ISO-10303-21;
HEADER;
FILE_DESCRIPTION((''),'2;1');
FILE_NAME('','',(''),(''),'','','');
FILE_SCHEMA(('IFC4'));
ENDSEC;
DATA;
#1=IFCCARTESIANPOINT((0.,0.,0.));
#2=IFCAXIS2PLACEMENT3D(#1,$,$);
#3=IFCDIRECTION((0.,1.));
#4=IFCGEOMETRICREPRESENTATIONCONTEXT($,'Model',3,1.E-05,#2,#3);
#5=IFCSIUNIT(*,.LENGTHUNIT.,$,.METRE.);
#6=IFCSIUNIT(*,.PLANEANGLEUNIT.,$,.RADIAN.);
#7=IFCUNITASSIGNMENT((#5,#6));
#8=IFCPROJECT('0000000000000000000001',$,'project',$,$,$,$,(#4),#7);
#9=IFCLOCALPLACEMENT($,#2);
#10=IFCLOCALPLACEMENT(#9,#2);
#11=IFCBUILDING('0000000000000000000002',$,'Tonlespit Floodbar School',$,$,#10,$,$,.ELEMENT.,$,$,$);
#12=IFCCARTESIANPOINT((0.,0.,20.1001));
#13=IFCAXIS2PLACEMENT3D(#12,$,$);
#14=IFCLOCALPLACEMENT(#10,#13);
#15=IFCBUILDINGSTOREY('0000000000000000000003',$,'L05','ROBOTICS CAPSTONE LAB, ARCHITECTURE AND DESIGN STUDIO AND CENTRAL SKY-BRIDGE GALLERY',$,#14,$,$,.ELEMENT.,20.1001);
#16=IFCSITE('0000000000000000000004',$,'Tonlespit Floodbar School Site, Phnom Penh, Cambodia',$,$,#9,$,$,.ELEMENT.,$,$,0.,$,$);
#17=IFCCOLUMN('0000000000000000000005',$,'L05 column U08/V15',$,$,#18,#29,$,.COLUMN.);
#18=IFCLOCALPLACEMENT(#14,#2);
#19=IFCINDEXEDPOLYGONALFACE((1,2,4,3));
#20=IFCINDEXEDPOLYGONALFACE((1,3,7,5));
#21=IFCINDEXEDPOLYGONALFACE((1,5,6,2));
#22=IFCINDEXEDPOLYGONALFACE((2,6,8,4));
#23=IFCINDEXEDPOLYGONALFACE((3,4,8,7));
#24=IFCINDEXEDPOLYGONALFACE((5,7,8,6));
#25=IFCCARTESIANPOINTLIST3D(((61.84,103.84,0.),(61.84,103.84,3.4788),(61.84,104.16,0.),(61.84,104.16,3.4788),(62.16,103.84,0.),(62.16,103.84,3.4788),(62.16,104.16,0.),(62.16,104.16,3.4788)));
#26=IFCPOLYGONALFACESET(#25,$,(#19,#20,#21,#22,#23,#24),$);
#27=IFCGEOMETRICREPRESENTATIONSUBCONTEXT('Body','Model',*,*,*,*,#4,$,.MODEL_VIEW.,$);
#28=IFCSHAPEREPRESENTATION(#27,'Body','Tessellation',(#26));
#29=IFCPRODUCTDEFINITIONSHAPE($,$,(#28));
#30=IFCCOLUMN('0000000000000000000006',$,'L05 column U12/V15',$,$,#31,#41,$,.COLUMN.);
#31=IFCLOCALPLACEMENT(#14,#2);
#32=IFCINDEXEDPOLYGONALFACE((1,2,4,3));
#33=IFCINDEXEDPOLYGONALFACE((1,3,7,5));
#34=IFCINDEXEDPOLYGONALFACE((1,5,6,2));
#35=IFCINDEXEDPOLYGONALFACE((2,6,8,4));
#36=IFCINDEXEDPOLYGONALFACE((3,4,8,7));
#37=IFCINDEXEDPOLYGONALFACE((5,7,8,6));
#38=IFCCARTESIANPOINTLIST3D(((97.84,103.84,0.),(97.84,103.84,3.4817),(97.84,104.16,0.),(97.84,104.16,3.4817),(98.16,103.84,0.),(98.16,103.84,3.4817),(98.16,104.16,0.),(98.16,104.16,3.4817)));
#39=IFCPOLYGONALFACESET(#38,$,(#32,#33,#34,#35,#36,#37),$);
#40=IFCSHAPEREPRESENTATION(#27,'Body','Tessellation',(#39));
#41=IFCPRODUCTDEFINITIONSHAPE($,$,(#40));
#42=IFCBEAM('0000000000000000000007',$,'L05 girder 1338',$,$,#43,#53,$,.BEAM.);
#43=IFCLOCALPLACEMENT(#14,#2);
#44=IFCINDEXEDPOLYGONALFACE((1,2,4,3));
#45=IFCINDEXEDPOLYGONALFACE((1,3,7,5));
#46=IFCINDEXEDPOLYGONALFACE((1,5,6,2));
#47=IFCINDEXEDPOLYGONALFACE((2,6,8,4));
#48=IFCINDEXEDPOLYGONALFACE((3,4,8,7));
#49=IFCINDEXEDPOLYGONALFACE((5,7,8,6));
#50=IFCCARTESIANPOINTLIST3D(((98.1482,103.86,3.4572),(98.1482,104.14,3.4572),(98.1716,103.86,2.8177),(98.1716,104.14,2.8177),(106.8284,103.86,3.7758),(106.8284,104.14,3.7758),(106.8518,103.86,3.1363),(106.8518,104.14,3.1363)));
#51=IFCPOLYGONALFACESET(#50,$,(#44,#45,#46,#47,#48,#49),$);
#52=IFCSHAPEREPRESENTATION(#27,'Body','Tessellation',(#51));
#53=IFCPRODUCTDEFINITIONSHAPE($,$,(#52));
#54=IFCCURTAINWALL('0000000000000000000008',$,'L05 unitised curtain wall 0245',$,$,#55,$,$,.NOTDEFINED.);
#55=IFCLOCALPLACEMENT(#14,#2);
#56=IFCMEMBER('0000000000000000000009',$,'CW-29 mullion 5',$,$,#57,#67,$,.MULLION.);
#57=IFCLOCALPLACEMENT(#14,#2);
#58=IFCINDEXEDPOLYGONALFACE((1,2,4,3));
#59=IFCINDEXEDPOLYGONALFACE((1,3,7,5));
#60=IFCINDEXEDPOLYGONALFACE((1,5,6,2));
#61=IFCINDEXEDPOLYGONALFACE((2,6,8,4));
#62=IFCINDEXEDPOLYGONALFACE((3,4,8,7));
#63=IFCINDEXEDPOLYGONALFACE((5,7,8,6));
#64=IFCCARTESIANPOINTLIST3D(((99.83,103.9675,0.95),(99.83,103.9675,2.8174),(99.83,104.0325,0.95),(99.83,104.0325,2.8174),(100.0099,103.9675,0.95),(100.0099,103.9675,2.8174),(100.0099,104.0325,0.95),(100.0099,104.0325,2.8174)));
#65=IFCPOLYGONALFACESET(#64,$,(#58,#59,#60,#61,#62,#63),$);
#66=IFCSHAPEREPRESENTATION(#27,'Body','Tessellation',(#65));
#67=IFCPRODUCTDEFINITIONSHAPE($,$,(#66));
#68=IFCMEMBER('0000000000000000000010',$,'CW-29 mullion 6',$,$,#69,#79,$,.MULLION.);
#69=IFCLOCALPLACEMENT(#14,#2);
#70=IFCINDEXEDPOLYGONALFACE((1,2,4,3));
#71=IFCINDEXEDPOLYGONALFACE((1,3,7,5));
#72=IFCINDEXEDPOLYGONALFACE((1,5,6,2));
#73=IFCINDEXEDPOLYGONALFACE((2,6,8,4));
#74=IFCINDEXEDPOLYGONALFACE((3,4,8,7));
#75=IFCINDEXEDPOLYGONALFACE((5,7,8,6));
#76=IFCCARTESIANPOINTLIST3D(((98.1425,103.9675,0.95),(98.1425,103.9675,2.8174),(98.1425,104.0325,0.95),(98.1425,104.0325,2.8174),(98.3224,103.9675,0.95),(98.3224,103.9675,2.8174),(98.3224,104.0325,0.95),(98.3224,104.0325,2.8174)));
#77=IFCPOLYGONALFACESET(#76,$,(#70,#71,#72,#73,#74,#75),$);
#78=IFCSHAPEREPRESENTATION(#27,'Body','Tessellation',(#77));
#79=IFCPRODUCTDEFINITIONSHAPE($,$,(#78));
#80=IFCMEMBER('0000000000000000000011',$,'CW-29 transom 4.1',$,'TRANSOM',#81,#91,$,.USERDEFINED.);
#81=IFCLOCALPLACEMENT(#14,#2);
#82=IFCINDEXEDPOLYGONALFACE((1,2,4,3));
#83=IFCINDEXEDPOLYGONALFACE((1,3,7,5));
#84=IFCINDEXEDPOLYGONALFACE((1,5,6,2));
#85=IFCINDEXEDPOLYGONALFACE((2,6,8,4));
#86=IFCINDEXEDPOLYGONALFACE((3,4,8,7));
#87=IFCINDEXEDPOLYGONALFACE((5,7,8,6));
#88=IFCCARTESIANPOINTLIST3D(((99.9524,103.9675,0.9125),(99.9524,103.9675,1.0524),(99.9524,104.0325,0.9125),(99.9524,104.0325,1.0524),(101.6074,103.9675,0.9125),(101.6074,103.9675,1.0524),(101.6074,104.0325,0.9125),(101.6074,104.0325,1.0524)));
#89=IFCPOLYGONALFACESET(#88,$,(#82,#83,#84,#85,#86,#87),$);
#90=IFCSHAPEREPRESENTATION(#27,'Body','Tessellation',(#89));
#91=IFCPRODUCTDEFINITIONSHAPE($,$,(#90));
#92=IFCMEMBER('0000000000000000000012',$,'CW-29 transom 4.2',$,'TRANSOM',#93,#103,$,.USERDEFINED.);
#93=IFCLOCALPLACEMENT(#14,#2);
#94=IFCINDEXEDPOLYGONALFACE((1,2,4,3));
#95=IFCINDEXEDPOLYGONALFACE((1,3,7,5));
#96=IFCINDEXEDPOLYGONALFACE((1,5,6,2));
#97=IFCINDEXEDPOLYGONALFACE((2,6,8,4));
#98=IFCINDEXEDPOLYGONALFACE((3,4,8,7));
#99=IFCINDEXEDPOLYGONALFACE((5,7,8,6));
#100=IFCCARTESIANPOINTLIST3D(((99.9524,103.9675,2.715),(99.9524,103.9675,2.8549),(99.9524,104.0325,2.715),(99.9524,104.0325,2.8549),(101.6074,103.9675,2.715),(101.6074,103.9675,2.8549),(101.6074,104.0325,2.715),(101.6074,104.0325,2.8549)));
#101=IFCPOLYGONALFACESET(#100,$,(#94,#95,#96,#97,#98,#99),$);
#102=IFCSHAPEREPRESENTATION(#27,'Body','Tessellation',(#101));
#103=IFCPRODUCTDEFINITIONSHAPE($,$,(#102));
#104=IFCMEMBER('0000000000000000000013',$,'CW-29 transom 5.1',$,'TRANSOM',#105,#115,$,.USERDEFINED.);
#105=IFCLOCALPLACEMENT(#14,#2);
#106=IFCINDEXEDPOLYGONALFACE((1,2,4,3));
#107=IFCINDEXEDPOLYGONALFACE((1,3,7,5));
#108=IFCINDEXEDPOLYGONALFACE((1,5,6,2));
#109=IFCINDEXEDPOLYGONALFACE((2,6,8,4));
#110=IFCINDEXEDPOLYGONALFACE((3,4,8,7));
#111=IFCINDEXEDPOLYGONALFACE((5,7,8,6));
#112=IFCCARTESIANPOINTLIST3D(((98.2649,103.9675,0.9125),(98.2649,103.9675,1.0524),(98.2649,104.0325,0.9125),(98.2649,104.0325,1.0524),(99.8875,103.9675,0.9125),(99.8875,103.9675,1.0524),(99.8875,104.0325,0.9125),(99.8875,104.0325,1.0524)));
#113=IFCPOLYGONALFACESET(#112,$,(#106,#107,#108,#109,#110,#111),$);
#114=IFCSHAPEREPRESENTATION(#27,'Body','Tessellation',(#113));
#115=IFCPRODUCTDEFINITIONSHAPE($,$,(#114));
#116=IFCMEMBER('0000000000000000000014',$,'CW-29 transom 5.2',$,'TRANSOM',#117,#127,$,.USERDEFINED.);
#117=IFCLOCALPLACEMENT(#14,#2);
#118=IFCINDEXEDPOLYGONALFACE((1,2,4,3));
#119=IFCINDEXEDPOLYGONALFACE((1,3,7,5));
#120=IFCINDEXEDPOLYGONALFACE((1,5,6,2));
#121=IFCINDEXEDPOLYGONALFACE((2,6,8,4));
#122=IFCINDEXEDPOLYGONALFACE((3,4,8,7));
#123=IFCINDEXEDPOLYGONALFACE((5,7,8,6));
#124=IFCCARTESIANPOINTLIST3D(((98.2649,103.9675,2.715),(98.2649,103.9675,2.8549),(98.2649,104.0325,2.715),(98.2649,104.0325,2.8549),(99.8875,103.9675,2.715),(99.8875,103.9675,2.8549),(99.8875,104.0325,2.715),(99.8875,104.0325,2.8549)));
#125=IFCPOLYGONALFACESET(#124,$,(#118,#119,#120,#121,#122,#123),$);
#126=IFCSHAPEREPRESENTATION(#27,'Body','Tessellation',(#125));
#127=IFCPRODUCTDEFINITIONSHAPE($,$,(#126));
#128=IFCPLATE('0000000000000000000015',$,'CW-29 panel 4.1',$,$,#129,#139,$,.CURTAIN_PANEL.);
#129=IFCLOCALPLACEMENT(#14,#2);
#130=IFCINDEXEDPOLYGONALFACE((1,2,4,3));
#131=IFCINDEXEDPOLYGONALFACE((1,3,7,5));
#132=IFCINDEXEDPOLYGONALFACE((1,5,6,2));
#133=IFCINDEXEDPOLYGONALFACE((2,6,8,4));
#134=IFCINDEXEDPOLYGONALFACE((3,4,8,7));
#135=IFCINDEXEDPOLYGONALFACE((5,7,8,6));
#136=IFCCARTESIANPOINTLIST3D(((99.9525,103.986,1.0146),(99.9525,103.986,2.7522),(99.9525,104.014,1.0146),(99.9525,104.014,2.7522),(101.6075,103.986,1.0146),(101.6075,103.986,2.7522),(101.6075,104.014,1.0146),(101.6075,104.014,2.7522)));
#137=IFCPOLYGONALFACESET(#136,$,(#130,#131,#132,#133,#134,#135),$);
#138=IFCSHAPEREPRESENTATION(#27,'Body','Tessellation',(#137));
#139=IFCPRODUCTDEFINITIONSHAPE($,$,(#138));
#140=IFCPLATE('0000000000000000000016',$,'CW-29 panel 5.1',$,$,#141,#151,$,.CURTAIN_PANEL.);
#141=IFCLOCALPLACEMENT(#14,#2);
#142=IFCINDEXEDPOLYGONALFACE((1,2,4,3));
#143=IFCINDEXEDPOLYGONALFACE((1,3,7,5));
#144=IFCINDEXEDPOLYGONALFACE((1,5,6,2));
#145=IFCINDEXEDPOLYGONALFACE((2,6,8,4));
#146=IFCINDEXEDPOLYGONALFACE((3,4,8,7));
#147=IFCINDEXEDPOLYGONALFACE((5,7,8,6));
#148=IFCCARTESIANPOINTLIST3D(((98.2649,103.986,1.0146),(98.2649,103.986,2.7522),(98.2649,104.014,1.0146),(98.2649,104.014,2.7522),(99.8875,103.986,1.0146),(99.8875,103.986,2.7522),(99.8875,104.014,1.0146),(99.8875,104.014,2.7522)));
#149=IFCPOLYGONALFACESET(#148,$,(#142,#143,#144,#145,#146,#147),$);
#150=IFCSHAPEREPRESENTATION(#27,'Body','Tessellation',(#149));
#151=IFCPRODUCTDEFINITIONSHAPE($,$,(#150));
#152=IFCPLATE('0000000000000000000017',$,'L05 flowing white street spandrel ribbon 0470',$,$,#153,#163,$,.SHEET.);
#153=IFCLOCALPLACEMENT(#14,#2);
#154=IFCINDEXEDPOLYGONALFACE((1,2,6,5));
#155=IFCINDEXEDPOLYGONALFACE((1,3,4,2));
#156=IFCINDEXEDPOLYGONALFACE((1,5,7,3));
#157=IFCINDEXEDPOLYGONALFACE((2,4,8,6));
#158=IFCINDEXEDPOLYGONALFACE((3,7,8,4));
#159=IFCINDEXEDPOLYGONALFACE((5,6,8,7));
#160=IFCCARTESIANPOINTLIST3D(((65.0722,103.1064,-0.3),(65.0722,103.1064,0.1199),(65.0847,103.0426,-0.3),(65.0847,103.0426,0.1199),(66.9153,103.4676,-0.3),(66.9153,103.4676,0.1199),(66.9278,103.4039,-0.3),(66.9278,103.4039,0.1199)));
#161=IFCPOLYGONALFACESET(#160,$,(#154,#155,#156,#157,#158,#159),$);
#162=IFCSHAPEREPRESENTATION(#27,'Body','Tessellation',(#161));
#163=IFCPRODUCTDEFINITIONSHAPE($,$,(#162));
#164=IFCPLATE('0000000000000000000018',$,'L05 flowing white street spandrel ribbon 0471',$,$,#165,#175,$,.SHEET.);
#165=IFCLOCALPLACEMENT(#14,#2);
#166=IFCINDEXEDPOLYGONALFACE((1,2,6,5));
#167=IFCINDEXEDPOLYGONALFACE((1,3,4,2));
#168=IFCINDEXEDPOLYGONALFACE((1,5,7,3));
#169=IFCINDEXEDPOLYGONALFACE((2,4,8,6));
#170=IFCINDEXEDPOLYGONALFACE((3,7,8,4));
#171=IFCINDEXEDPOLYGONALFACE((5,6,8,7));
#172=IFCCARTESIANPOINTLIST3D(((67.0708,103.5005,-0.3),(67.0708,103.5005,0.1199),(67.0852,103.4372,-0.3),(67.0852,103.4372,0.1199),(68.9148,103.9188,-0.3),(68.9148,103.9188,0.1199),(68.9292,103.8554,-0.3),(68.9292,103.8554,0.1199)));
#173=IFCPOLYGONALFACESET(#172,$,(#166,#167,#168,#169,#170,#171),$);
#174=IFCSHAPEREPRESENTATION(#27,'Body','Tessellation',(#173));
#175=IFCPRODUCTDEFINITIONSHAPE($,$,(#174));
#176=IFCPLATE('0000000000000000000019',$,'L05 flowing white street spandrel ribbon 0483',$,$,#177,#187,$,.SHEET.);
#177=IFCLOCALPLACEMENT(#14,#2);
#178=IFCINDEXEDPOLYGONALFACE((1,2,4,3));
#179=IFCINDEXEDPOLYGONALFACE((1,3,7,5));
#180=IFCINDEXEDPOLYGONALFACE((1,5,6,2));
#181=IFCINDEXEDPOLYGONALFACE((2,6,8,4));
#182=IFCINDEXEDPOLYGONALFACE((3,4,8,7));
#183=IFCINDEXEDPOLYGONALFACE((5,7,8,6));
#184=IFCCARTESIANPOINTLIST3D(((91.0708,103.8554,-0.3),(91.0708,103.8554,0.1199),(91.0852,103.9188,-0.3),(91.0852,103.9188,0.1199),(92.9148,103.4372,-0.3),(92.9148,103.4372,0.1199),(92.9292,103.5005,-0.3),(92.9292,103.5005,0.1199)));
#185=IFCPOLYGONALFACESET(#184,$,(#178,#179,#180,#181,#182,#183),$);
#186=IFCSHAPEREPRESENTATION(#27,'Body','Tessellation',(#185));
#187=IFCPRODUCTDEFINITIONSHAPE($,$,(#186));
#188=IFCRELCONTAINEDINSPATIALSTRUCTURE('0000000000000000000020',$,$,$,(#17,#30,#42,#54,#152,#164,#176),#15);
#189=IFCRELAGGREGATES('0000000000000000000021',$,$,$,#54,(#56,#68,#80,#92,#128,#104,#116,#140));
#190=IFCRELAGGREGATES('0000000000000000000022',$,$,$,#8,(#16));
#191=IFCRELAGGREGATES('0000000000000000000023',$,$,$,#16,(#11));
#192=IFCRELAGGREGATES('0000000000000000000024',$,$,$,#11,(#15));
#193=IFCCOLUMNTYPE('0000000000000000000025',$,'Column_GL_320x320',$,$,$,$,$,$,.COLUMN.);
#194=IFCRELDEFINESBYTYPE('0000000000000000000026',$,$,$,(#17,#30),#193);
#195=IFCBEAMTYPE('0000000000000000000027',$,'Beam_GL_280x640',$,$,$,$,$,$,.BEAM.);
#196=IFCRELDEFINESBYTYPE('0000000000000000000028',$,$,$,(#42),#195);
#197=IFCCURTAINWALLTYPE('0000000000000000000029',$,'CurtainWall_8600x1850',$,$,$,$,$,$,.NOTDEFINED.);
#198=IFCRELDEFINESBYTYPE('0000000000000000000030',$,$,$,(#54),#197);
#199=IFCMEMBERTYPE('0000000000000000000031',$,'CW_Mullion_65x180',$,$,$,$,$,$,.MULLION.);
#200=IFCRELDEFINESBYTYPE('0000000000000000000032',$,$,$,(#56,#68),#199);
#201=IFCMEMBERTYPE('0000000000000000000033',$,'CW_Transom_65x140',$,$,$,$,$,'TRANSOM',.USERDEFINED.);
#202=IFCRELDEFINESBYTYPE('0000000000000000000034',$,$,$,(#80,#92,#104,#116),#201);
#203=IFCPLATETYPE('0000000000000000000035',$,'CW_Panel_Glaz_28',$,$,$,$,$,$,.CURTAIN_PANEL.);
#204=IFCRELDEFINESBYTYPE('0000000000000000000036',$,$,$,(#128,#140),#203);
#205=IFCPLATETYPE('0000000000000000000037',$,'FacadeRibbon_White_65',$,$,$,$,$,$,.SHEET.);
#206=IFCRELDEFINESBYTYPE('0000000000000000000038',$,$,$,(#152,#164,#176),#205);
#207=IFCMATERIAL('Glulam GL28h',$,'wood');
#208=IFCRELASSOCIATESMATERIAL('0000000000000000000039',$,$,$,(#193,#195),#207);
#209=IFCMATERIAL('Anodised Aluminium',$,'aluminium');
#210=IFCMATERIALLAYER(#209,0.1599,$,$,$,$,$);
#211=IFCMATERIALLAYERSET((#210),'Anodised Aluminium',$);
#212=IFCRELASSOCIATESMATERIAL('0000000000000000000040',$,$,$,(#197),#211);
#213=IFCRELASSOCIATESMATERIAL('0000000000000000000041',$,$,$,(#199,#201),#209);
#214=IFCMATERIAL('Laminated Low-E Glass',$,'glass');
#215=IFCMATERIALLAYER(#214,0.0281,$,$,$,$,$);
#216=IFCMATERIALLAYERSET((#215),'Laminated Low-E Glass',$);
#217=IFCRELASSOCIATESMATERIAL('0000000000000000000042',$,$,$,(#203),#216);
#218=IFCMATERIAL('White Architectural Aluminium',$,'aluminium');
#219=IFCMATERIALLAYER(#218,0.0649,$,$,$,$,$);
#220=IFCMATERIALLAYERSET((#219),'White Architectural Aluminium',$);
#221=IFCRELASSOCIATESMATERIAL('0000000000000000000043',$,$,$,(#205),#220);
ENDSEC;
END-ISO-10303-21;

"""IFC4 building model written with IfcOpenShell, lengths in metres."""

from ifc_helpers import new_model, si_unit, direction, frame, origin, origin_2d, place, context, subcontext, project, spatial, rectangle, extrude, material, layer, layer_set, material_profile, profile_set, type_object, element, aggregate, save


model = new_model("IFC4")

# Units and contexts
model_context = context("Model", 3, precision=1e-05, world=origin(), true_north=direction((0.0, 1.0)))
body_context = subcontext(model_context, "Body", "Model", "MODEL_VIEW")
ifc_project = project(units=[si_unit("LENGTHUNIT", "METRE"), si_unit("PLANEANGLEUNIT", "RADIAN")], contexts=[model_context])

# Site, building, storey
site_placement = place(None, origin())
site = spatial("IfcSite", under=ifc_project, at=site_placement, Name="Tonlespit Floodbar School Site, Phnom Penh, Cambodia", CompositionType="ELEMENT", RefElevation=0.0)
building_placement = place(site_placement, origin())
building = spatial("IfcBuilding", under=site, at=building_placement, Name="Tonlespit Floodbar School", CompositionType="ELEMENT")
storey_placement = place(building_placement, frame((0.0, 0.0, 20.1001)))
storey = spatial("IfcBuildingStorey", under=building, at=storey_placement, Name="L05", Description="ROBOTICS CAPSTONE LAB, ARCHITECTURE AND DESIGN STUDIO AND CENTRAL SKY-BRIDGE GALLERY", CompositionType="ELEMENT", Elevation=20.1001)

# Columns
ifc_material_1 = material(Name="Glulam GL28h", Category="wood")
ifc_material_profile_1 = material_profile(ifc_material_1, rectangle(XDim=0.3201, YDim=0.3201, at=origin_2d()), Name="GL 320x320")
ifc_profile_set_1 = profile_set([ifc_material_profile_1], Name="Glulam GL28h")
column_type = type_object("IfcColumnType", Name="Column_GL_320x320", PredefinedType="COLUMN", material=ifc_profile_set_1)
column_1_placement = place(storey_placement, frame((62.0, 104.0, 0.0), z_axis=(0.0, 0.0, 1.0), x_axis=(1.0, 0.0, 0.0)))
element("IfcColumn", 1, at=column_1_placement, inside=storey, type_object=column_type, Name="L05 column U08/V15", PredefinedType="COLUMN", context=body_context, shape_type="SweptSolid", body=[
    extrude(rectangle(XDim=0.3201, YDim=0.3201, at=origin_2d()), origin(), (0.0, 0.0, 1.0), 3.4788),
])
column_2_placement = place(storey_placement, frame((98.0, 104.0, 0.0), z_axis=(0.0, 0.0, 1.0), x_axis=(1.0, 0.0, 0.0)))
element("IfcColumn", 2, at=column_2_placement, inside=storey, type_object=column_type, Name="L05 column U12/V15", PredefinedType="COLUMN", context=body_context, shape_type="SweptSolid", body=[
    extrude(rectangle(XDim=0.3201, YDim=0.3201, at=origin_2d()), origin(), (0.0, 0.0, 1.0), 3.4817),
])

# Beam
ifc_material_profile_2 = material_profile(ifc_material_1, rectangle(XDim=0.28, YDim=0.6399, at=origin_2d()), Name="GL 280x640")
ifc_profile_set_2 = profile_set([ifc_material_profile_2], Name="Glulam GL28h")
beam_type = type_object("IfcBeamType", Name="Beam_GL_280x640", PredefinedType="BEAM", material=ifc_profile_set_2)
beam_placement = place(storey_placement, frame((98.1599, 104.0, 3.1375), z_axis=(0.999327, 0.0, 0.03668), x_axis=(0.0, 1.0, 0.0)))
element("IfcBeam", 3, at=beam_placement, inside=storey, type_object=beam_type, Name="L05 girder 1338", PredefinedType="BEAM", context=body_context, shape_type="SweptSolid", body=[
    extrude(rectangle(XDim=0.28, YDim=0.6399, at=origin_2d()), origin(), (0.0, 0.0, 1.0), 8.686),
])

# Curtain wall, members, plates
ifc_material_2 = material(Name="Anodised Aluminium", Category="aluminium")
ifc_layer_1 = layer(ifc_material_2, 0.1599)
ifc_layer_set_1 = layer_set([ifc_layer_1], Name="Anodised Aluminium")
curtain_wall_type = type_object("IfcCurtainWallType", Name="CurtainWall_8600x1850", PredefinedType="NOTDEFINED", material=ifc_layer_set_1)
curtain_wall_placement = place(storey_placement, origin())
curtain_wall = element("IfcCurtainWall", 4, at=curtain_wall_placement, inside=storey, type_object=curtain_wall_type, Name="L05 unitised curtain wall 0245", PredefinedType="NOTDEFINED")
ifc_material_profile_3 = material_profile(ifc_material_2, rectangle(XDim=0.0649, YDim=0.1799, at=origin_2d()), Name="ALU M65x180")
ifc_profile_set_3 = profile_set([ifc_material_profile_3], Name="Anodised Aluminium")
member_type_1 = type_object("IfcMemberType", Name="CW_Mullion_65x180", PredefinedType="MULLION", material=ifc_profile_set_3)
member_1_placement = place(storey_placement, frame((99.9199, 104.0, 0.95), z_axis=(0.0, 0.0, 1.0), x_axis=(0.0, -1.0, 0.0)))
member_1 = element("IfcMember", 5, at=member_1_placement, type_object=member_type_1, Name="CW-29 mullion 5", PredefinedType="MULLION", context=body_context, shape_type="SweptSolid", body=[
    extrude(rectangle(XDim=0.0649, YDim=0.1799, at=origin_2d()), origin(), (0.0, 0.0, 1.0), 1.8674),
])
member_2_placement = place(storey_placement, frame((98.2324, 104.0, 0.95), z_axis=(0.0, 0.0, 1.0), x_axis=(0.0, -1.0, 0.0)))
member_2 = element("IfcMember", 6, at=member_2_placement, type_object=member_type_1, Name="CW-29 mullion 6", PredefinedType="MULLION", context=body_context, shape_type="SweptSolid", body=[
    extrude(rectangle(XDim=0.0649, YDim=0.1799, at=origin_2d()), origin(), (0.0, 0.0, 1.0), 1.8674),
])
ifc_material_profile_4 = material_profile(ifc_material_2, rectangle(XDim=0.0649, YDim=0.1399, at=origin_2d()), Name="ALU T65x140")
ifc_profile_set_4 = profile_set([ifc_material_profile_4], Name="Anodised Aluminium")
member_type_2 = type_object("IfcMemberType", Name="CW_Transom_65x140", ElementType="TRANSOM", PredefinedType="USERDEFINED", material=ifc_profile_set_4)
member_3_placement = place(storey_placement, frame((101.6074, 104.0, 0.9824), z_axis=(-1.0, 0.0, 0.0), x_axis=(0.0, -1.0, 0.0)))
member_3 = element("IfcMember", 7, at=member_3_placement, type_object=member_type_2, Name="CW-29 transom 4.1", ObjectType="TRANSOM", PredefinedType="USERDEFINED", context=body_context, shape_type="SweptSolid", body=[
    extrude(rectangle(XDim=0.0649, YDim=0.1399, at=origin_2d()), origin(), (0.0, 0.0, 1.0), 1.655),
])
member_4_placement = place(storey_placement, frame((101.6074, 104.0, 2.7849), z_axis=(-1.0, 0.0, 0.0), x_axis=(0.0, -1.0, 0.0)))
member_4 = element("IfcMember", 8, at=member_4_placement, type_object=member_type_2, Name="CW-29 transom 4.2", ObjectType="TRANSOM", PredefinedType="USERDEFINED", context=body_context, shape_type="SweptSolid", body=[
    extrude(rectangle(XDim=0.0649, YDim=0.1399, at=origin_2d()), origin(), (0.0, 0.0, 1.0), 1.655),
])
member_5_placement = place(storey_placement, frame((99.8875, 104.0, 0.9824), z_axis=(-1.0, 0.0, 0.0), x_axis=(0.0, -1.0, 0.0)))
member_5 = element("IfcMember", 9, at=member_5_placement, type_object=member_type_2, Name="CW-29 transom 5.1", ObjectType="TRANSOM", PredefinedType="USERDEFINED", context=body_context, shape_type="SweptSolid", body=[
    extrude(rectangle(XDim=0.0649, YDim=0.1399, at=origin_2d()), origin(), (0.0, 0.0, 1.0), 1.6226),
])
member_6_placement = place(storey_placement, frame((99.8875, 104.0, 2.7849), z_axis=(-1.0, 0.0, 0.0), x_axis=(0.0, -1.0, 0.0)))
member_6 = element("IfcMember", 10, at=member_6_placement, type_object=member_type_2, Name="CW-29 transom 5.2", ObjectType="TRANSOM", PredefinedType="USERDEFINED", context=body_context, shape_type="SweptSolid", body=[
    extrude(rectangle(XDim=0.0649, YDim=0.1399, at=origin_2d()), origin(), (0.0, 0.0, 1.0), 1.6226),
])
ifc_material_3 = material(Name="Laminated Low-E Glass", Category="glass")
ifc_layer_2 = layer(ifc_material_3, 0.0281)
ifc_layer_set_2 = layer_set([ifc_layer_2], Name="Laminated Low-E Glass")
plate_type_1 = type_object("IfcPlateType", Name="CW_Panel_Glaz_28", PredefinedType="CURTAIN_PANEL", material=ifc_layer_set_2)
plate_1_placement = place(storey_placement, frame((100.78, 104.0, 1.0146), z_axis=(0.0, 0.0, 1.0), x_axis=(-1.0, 0.0, 0.0)))
plate_1 = element("IfcPlate", 11, at=plate_1_placement, type_object=plate_type_1, Name="CW-29 panel 4.1", PredefinedType="CURTAIN_PANEL", context=body_context, shape_type="SweptSolid", body=[
    extrude(rectangle(XDim=1.655, YDim=0.0281, at=origin_2d()), origin(), (0.0, 0.0, 1.0), 1.7375),
])
plate_2_placement = place(storey_placement, frame((99.0762, 104.0, 1.0146), z_axis=(0.0, 0.0, 1.0), x_axis=(-1.0, 0.0, 0.0)))
plate_2 = element("IfcPlate", 12, at=plate_2_placement, type_object=plate_type_1, Name="CW-29 panel 5.1", PredefinedType="CURTAIN_PANEL", context=body_context, shape_type="SweptSolid", body=[
    extrude(rectangle(XDim=1.6226, YDim=0.0281, at=origin_2d()), origin(), (0.0, 0.0, 1.0), 1.7375),
])
aggregate(curtain_wall, [member_1, member_2, member_3, member_4, plate_1, member_5, member_6, plate_2])

# Plates
ifc_material_4 = material(Name="White Architectural Aluminium", Category="aluminium")
ifc_layer_3 = layer(ifc_material_4, 0.0649)
ifc_layer_set_3 = layer_set([ifc_layer_3], Name="White Architectural Aluminium")
plate_type_2 = type_object("IfcPlateType", Name="FacadeRibbon_White_65", PredefinedType="SHEET", material=ifc_layer_set_3)
plate_3_placement = place(storey_placement, frame((66.0, 103.2551, -0.3), z_axis=(0.0, 0.0, 1.0), x_axis=(0.981328, 0.19234, 0.0)))
element("IfcPlate", 13, at=plate_3_placement, inside=storey, type_object=plate_type_2, Name="L05 flowing white street spandrel ribbon 0470", PredefinedType="SHEET", context=body_context, shape_type="SweptSolid", body=[
    extrude(rectangle(XDim=1.8782, YDim=0.0649, at=origin_2d()), origin(), (0.0, 0.0, 1.0), 0.4199),
])
for number, where, z_axis, x_axis, name in (
    (14, (68.0, 103.678, -0.3), (0.0, 0.0, 1.0), (0.975232, 0.221183, 0.0), "L05 flowing white street spandrel ribbon 0471"),
    (15, (92.0, 103.678, -0.3), (0.0, 0.0, 1.0), (0.975232, -0.221183, 0.0), "L05 flowing white street spandrel ribbon 0483"),
):
    element("IfcPlate", number, at=place(storey_placement, frame(where, z_axis=z_axis, x_axis=x_axis)), inside=storey, type_object=plate_type_2, Name=name, PredefinedType="SHEET", context=body_context, shape_type="SweptSolid", body=[
        extrude(rectangle(XDim=1.8909, YDim=0.0649, at=origin_2d()), origin(), (0.0, 0.0, 1.0), 0.4199),
    ])

save(model, "model.ifc")
